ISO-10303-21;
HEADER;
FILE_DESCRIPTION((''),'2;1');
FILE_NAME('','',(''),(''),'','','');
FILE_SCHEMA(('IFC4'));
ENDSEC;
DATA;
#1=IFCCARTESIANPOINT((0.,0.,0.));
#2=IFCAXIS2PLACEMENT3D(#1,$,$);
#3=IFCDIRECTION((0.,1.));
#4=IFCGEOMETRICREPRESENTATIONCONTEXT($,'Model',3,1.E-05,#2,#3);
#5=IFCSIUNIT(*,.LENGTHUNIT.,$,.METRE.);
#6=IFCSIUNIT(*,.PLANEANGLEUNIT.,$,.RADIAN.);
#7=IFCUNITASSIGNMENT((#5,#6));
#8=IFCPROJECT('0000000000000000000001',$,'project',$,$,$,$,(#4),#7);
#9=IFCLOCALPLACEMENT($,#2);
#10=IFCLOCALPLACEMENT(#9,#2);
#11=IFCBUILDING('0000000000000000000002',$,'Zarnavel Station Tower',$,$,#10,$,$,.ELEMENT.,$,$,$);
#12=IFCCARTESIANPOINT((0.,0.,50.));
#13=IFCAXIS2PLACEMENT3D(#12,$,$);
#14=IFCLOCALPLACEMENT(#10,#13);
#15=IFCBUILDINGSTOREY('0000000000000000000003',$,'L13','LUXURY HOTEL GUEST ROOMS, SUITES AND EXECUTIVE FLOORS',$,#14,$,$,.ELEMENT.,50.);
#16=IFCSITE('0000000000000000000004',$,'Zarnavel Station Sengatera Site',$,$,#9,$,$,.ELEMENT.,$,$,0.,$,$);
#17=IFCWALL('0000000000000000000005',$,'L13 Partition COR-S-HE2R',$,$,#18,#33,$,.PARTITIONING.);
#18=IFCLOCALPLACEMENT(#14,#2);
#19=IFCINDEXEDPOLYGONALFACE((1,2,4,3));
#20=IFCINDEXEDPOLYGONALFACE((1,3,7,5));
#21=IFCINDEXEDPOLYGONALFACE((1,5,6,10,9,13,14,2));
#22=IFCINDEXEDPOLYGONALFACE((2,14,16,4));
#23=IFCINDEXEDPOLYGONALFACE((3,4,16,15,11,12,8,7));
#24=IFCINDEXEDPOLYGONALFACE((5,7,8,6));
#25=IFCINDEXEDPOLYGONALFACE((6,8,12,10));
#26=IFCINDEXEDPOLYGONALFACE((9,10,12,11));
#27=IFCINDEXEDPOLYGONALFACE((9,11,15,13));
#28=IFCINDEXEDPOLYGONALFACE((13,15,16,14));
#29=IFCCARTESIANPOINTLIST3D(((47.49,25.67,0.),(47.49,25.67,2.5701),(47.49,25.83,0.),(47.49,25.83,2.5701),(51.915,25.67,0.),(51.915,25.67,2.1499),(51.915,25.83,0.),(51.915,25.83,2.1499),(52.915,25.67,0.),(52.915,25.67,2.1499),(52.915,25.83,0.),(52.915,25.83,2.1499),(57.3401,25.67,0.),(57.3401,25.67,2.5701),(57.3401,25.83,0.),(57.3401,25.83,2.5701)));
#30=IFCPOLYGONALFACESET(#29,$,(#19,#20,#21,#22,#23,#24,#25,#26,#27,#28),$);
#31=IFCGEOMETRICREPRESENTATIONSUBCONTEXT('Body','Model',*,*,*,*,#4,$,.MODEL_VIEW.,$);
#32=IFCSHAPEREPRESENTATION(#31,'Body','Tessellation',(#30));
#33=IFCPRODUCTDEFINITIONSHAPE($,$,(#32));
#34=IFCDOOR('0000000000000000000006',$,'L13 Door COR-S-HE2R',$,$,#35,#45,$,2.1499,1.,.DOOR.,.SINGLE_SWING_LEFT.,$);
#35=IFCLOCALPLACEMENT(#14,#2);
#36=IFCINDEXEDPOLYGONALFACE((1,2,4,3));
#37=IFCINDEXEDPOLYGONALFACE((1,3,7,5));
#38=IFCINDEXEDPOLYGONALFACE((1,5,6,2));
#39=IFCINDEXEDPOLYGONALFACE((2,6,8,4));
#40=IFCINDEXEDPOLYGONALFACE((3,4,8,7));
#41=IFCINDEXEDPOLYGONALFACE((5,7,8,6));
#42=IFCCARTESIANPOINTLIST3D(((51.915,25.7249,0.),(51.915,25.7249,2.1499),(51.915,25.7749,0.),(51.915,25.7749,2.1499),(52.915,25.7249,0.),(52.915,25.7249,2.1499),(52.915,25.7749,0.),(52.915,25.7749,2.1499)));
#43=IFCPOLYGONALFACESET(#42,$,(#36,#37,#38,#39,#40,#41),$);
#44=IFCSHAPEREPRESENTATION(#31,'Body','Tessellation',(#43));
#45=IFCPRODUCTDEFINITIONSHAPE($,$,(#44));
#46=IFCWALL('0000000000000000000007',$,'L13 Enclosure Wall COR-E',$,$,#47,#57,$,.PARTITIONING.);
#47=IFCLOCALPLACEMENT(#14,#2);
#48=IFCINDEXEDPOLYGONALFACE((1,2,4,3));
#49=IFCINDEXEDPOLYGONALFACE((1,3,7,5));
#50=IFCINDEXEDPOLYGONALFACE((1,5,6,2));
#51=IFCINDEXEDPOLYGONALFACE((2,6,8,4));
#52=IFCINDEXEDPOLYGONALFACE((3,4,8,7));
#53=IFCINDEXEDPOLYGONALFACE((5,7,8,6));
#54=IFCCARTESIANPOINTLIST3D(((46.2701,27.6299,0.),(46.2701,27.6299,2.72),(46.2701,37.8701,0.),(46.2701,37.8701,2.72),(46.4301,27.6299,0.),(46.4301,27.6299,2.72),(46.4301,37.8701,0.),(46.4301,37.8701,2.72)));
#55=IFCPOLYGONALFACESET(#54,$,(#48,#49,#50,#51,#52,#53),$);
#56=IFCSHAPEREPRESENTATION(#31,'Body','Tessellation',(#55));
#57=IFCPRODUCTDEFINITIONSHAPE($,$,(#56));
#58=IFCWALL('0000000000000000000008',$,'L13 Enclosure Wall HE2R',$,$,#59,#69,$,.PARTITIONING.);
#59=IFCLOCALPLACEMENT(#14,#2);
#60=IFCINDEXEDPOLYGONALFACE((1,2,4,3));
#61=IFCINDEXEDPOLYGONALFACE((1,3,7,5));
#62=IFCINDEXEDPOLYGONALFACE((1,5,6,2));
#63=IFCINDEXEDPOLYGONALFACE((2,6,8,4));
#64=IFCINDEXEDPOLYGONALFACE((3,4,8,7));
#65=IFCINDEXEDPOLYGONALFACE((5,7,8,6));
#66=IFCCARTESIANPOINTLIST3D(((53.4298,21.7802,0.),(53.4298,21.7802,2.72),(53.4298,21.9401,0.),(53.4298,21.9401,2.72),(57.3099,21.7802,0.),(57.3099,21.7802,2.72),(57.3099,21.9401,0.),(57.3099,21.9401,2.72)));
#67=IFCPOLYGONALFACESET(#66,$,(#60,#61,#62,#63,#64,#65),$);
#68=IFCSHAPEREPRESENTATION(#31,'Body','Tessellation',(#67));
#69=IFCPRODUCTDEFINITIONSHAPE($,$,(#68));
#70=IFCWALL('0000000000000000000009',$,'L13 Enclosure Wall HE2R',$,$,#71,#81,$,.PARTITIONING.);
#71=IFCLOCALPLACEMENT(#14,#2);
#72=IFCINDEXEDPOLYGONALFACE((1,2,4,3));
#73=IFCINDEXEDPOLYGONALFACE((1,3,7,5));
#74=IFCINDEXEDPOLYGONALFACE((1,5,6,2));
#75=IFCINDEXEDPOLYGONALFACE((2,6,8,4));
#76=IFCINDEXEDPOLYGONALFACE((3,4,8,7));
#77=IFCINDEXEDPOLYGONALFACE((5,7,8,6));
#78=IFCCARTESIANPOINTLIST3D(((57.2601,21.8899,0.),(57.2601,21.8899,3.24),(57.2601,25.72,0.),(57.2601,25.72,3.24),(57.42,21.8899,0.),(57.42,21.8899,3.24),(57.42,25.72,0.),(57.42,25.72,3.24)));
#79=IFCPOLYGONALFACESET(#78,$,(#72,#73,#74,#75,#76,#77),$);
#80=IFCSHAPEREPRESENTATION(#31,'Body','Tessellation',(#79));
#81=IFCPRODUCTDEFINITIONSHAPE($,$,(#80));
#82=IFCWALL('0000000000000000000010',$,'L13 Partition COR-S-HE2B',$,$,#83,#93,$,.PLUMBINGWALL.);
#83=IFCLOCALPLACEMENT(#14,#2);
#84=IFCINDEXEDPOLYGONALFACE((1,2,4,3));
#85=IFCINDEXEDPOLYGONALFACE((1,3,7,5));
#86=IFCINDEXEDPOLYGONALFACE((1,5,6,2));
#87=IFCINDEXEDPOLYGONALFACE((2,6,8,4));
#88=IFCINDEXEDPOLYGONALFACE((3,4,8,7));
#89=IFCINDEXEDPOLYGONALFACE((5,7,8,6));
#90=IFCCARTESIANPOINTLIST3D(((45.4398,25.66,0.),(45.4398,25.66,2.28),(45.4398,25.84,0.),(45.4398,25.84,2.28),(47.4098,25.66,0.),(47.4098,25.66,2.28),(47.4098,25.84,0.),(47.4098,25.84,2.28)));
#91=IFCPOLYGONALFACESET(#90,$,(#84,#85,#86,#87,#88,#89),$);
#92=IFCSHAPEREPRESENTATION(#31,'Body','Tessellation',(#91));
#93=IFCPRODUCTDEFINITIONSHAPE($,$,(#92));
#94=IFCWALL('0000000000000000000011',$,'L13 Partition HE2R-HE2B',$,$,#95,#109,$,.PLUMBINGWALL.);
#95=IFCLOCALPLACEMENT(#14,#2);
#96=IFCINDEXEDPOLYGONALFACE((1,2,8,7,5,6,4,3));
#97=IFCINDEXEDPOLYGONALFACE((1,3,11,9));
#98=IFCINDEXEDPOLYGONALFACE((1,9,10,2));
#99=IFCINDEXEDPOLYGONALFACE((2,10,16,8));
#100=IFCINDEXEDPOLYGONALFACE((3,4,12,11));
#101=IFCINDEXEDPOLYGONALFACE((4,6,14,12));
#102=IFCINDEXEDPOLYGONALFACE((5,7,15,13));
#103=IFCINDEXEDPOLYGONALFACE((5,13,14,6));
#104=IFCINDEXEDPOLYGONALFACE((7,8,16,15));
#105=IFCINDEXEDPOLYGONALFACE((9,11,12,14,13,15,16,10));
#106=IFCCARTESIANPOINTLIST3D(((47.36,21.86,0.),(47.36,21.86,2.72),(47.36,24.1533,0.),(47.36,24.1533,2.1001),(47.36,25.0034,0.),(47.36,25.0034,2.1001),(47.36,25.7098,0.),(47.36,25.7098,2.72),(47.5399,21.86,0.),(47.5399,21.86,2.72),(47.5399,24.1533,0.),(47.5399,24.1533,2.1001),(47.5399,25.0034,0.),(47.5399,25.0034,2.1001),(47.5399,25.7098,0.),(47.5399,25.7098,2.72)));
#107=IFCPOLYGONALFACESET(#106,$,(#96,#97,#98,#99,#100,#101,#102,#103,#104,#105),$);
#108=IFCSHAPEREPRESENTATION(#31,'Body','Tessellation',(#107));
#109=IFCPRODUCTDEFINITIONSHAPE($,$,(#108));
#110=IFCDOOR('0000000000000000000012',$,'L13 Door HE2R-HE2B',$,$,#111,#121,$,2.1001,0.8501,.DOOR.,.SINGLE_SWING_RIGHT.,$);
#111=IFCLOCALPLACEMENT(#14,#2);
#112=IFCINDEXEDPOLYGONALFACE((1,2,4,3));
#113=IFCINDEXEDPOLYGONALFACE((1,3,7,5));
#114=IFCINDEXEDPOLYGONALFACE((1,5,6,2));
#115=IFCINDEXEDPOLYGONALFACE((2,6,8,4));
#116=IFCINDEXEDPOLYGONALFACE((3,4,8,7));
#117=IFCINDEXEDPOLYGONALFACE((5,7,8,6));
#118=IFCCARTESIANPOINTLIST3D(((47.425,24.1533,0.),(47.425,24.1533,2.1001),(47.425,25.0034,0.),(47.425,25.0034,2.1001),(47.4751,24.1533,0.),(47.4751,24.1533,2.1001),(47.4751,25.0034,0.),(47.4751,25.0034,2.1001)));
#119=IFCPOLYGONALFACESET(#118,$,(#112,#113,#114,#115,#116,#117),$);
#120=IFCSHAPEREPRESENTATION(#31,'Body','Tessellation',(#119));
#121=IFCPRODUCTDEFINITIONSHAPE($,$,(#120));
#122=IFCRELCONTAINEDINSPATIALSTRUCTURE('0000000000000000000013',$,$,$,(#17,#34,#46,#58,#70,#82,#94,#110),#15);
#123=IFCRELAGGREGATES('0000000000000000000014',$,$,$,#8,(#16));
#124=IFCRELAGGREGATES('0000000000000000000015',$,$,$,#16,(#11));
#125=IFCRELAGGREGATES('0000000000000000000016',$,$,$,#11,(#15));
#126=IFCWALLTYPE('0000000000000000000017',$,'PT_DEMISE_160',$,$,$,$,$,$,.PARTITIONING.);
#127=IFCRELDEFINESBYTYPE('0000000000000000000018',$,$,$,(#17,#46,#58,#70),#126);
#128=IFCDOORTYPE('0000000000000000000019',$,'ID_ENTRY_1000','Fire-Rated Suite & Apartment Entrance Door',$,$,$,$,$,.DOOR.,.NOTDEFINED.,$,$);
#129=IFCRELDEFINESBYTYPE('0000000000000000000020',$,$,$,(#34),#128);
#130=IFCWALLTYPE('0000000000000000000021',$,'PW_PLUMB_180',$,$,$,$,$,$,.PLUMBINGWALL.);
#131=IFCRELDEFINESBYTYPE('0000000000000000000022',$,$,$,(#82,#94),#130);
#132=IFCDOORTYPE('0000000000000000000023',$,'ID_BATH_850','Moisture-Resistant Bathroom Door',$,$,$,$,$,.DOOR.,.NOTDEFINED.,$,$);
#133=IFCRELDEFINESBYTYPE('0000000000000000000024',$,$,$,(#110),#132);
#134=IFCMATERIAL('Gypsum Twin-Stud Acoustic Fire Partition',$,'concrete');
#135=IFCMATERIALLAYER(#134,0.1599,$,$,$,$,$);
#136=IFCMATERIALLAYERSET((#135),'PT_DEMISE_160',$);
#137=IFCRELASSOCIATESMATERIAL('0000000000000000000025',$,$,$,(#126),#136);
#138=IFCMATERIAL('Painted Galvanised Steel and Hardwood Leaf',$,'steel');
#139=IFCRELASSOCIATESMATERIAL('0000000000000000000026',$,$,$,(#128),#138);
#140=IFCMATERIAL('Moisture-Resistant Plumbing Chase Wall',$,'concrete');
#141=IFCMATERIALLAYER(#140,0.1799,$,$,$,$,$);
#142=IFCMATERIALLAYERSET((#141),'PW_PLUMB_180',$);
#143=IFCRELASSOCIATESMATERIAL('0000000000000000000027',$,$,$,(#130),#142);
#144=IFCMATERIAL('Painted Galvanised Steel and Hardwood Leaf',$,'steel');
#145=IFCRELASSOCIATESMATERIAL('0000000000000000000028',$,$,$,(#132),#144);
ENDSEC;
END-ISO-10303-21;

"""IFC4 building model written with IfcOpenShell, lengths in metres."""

from ifc_helpers import new_model, si_unit, direction, frame, frame_2d, origin, place, context, subcontext, project, spatial, rectangle, extrude, material, layer, layer_set, type_object, element, fill, save


model = new_model("IFC4")

# Units and contexts
model_context = context("Model", 3, precision=1e-05, world=origin(), true_north=direction((0.0, 1.0)))
body_context = subcontext(model_context, "Body", "Model", "MODEL_VIEW")
ifc_project = project(units=[si_unit("LENGTHUNIT", "METRE"), si_unit("PLANEANGLEUNIT", "RADIAN")], contexts=[model_context])

# Site, building, storey
site_placement = place(None, origin())
site = spatial("IfcSite", under=ifc_project, at=site_placement, Name="Zarnavel Station Sengatera Site", CompositionType="ELEMENT", RefElevation=0.0)
building_placement = place(site_placement, origin())
building = spatial("IfcBuilding", under=site, at=building_placement, Name="Zarnavel Station Tower", CompositionType="ELEMENT")
storey_placement = place(building_placement, frame((0.0, 0.0, 50.0)))
storey = spatial("IfcBuildingStorey", under=building, at=storey_placement, Name="L13", Description="LUXURY HOTEL GUEST ROOMS, SUITES AND EXECUTIVE FLOORS", CompositionType="ELEMENT", Elevation=50.0)

# Wall, opening, door
ifc_material_1 = material(Name="Gypsum Twin-Stud Acoustic Fire Partition", Category="concrete")
ifc_layer_1 = layer(ifc_material_1, 0.1599)
ifc_layer_set_1 = layer_set([ifc_layer_1], Name="PT_DEMISE_160")
wall_type_1 = type_object("IfcWallType", Name="PT_DEMISE_160", PredefinedType="PARTITIONING", material=ifc_layer_set_1)
ifc_material_2 = material(Name="Painted Galvanised Steel and Hardwood Leaf", Category="steel")
door_type_1 = type_object("IfcDoorType", Name="ID_ENTRY_1000", Description="Fire-Rated Suite & Apartment Entrance Door", OperationType="NOTDEFINED", PredefinedType="DOOR", material=ifc_material_2)
wall_1_placement = place(storey_placement, frame((47.49, 25.75, 0.0), z_axis=(0.0, 0.0, 1.0), x_axis=(1.0, 0.0, 0.0)))
wall_1 = element("IfcWall", 1, at=wall_1_placement, inside=storey, type_object=wall_type_1, Name="L13 Partition COR-S-HE2R", PredefinedType="PARTITIONING", context=body_context, shape_type="SweptSolid", body=[
    extrude(rectangle(XDim=9.8501, YDim=0.1599, at=frame_2d((4.925, 0.0))), origin(), (0.0, 0.0, 1.0), 2.5701),
])
opening_1_placement = place(wall_1_placement, frame((4.425, 0.0, 0.0)))
opening_1 = element("IfcOpeningElement", 2, at=opening_1_placement, cuts=wall_1, PredefinedType="OPENING", context=body_context, shape_type="SweptSolid", body=[
    extrude(rectangle(XDim=1.0, YDim=2.1499, at=frame_2d((0.5, 1.075))), frame((0.0, 0.0898, 0.0), z_axis=(0.0, -1.0, 0.0), x_axis=(1.0, 0.0, 0.0)), (0.0, 0.0, 1.0), 0.1799),
])
door_1_placement = place(opening_1_placement, origin())
door_1 = element("IfcDoor", 3, at=door_1_placement, inside=storey, type_object=door_type_1, Name="L13 Door COR-S-HE2R", OperationType="SINGLE_SWING_LEFT", OverallHeight=2.1499, OverallWidth=1.0, PredefinedType="DOOR", context=body_context, shape_type="SweptSolid", body=[
    extrude(rectangle(XDim=1.0, YDim=2.1499, at=frame_2d((0.5, 1.075))), frame((0.0, 0.0249, 0.0), z_axis=(0.0, -1.0, 0.0), x_axis=(1.0, 0.0, 0.0)), (0.0, 0.0, 1.0), 0.05),
])
fill(opening_1, door_1)

# Walls
wall_2_placement = place(storey_placement, frame((46.3501, 27.6299, 0.0), z_axis=(0.0, 0.0, 1.0), x_axis=(0.0, 1.0, 0.0)))
element("IfcWall", 4, at=wall_2_placement, inside=storey, type_object=wall_type_1, Name="L13 Enclosure Wall COR-E", PredefinedType="PARTITIONING", context=body_context, shape_type="SweptSolid", body=[
    extrude(rectangle(XDim=10.2402, YDim=0.1599, at=frame_2d((5.1201, 0.0))), origin(), (0.0, 0.0, 1.0), 2.72),
])
wall_3_placement = place(storey_placement, frame((53.4299, 21.8601, 0.0), z_axis=(0.0, 0.0, 1.0), x_axis=(1.0, 0.0, 0.0)))
element("IfcWall", 5, at=wall_3_placement, inside=storey, type_object=wall_type_1, Name="L13 Enclosure Wall HE2R", PredefinedType="PARTITIONING", context=body_context, shape_type="SweptSolid", body=[
    extrude(rectangle(XDim=3.8801, YDim=0.1599, at=frame_2d((1.9399, 0.0))), origin(), (0.0, 0.0, 1.0), 2.72),
])
wall_4_placement = place(storey_placement, frame((57.3401, 21.8899, 0.0), z_axis=(0.0, 0.0, 1.0), x_axis=(0.0, 1.0, 0.0)))
element("IfcWall", 6, at=wall_4_placement, inside=storey, type_object=wall_type_1, Name="L13 Enclosure Wall HE2R", PredefinedType="PARTITIONING", context=body_context, shape_type="SweptSolid", body=[
    extrude(rectangle(XDim=3.8301, YDim=0.1599, at=frame_2d((1.915, 0.0))), origin(), (0.0, 0.0, 1.0), 3.24),
])
ifc_material_3 = material(Name="Moisture-Resistant Plumbing Chase Wall", Category="concrete")
ifc_layer_2 = layer(ifc_material_3, 0.1799)
ifc_layer_set_2 = layer_set([ifc_layer_2], Name="PW_PLUMB_180")
wall_type_2 = type_object("IfcWallType", Name="PW_PLUMB_180", PredefinedType="PLUMBINGWALL", material=ifc_layer_set_2)
wall_5_placement = place(storey_placement, frame((45.4399, 25.75, 0.0), z_axis=(0.0, 0.0, 1.0), x_axis=(1.0, 0.0, 0.0)))
element("IfcWall", 7, at=wall_5_placement, inside=storey, type_object=wall_type_2, Name="L13 Partition COR-S-HE2B", PredefinedType="PLUMBINGWALL", context=body_context, shape_type="SweptSolid", body=[
    extrude(rectangle(XDim=1.97, YDim=0.1799, at=frame_2d((0.9849, 0.0))), origin(), (0.0, 0.0, 1.0), 2.28),
])

# Wall, opening, door
wall_6_placement = place(storey_placement, frame((47.45, 21.8601, 0.0), z_axis=(0.0, 0.0, 1.0), x_axis=(0.0, 1.0, 0.0)))
wall_6 = element("IfcWall", 8, at=wall_6_placement, inside=storey, type_object=wall_type_2, Name="L13 Partition HE2R-HE2B", PredefinedType="PLUMBINGWALL", context=body_context, shape_type="SweptSolid", body=[
    extrude(rectangle(XDim=3.8499, YDim=0.1799, at=frame_2d((1.9248, 0.0))), origin(), (0.0, 0.0, 1.0), 2.72),
])
opening_2_placement = place(wall_6_placement, frame((2.2932, 0.0, 0.0)))
opening_2 = element("IfcOpeningElement", 9, at=opening_2_placement, cuts=wall_6, PredefinedType="OPENING", context=body_context, shape_type="SweptSolid", body=[
    extrude(rectangle(XDim=0.8501, YDim=2.1001, at=frame_2d((0.425, 1.05))), frame((0.0, 0.0999, 0.0), z_axis=(0.0, -1.0, 0.0), x_axis=(1.0, 0.0, 0.0)), (0.0, 0.0, 1.0), 0.2),
])
ifc_material_4 = material(Name="Painted Galvanised Steel and Hardwood Leaf", Category="steel")
door_type_2 = type_object("IfcDoorType", Name="ID_BATH_850", Description="Moisture-Resistant Bathroom Door", OperationType="NOTDEFINED", PredefinedType="DOOR", material=ifc_material_4)
door_2_placement = place(opening_2_placement, origin())
door_2 = element("IfcDoor", 10, at=door_2_placement, inside=storey, type_object=door_type_2, Name="L13 Door HE2R-HE2B", OperationType="SINGLE_SWING_RIGHT", OverallHeight=2.1001, OverallWidth=0.8501, PredefinedType="DOOR", context=body_context, shape_type="SweptSolid", body=[
    extrude(rectangle(XDim=0.8501, YDim=2.1001, at=frame_2d((0.425, 1.05))), frame((0.0, 0.0249, 0.0), z_axis=(0.0, -1.0, 0.0), x_axis=(1.0, 0.0, 0.0)), (0.0, 0.0, 1.0), 0.05),
])
fill(opening_2, door_2)

save(model, "model.ifc")
